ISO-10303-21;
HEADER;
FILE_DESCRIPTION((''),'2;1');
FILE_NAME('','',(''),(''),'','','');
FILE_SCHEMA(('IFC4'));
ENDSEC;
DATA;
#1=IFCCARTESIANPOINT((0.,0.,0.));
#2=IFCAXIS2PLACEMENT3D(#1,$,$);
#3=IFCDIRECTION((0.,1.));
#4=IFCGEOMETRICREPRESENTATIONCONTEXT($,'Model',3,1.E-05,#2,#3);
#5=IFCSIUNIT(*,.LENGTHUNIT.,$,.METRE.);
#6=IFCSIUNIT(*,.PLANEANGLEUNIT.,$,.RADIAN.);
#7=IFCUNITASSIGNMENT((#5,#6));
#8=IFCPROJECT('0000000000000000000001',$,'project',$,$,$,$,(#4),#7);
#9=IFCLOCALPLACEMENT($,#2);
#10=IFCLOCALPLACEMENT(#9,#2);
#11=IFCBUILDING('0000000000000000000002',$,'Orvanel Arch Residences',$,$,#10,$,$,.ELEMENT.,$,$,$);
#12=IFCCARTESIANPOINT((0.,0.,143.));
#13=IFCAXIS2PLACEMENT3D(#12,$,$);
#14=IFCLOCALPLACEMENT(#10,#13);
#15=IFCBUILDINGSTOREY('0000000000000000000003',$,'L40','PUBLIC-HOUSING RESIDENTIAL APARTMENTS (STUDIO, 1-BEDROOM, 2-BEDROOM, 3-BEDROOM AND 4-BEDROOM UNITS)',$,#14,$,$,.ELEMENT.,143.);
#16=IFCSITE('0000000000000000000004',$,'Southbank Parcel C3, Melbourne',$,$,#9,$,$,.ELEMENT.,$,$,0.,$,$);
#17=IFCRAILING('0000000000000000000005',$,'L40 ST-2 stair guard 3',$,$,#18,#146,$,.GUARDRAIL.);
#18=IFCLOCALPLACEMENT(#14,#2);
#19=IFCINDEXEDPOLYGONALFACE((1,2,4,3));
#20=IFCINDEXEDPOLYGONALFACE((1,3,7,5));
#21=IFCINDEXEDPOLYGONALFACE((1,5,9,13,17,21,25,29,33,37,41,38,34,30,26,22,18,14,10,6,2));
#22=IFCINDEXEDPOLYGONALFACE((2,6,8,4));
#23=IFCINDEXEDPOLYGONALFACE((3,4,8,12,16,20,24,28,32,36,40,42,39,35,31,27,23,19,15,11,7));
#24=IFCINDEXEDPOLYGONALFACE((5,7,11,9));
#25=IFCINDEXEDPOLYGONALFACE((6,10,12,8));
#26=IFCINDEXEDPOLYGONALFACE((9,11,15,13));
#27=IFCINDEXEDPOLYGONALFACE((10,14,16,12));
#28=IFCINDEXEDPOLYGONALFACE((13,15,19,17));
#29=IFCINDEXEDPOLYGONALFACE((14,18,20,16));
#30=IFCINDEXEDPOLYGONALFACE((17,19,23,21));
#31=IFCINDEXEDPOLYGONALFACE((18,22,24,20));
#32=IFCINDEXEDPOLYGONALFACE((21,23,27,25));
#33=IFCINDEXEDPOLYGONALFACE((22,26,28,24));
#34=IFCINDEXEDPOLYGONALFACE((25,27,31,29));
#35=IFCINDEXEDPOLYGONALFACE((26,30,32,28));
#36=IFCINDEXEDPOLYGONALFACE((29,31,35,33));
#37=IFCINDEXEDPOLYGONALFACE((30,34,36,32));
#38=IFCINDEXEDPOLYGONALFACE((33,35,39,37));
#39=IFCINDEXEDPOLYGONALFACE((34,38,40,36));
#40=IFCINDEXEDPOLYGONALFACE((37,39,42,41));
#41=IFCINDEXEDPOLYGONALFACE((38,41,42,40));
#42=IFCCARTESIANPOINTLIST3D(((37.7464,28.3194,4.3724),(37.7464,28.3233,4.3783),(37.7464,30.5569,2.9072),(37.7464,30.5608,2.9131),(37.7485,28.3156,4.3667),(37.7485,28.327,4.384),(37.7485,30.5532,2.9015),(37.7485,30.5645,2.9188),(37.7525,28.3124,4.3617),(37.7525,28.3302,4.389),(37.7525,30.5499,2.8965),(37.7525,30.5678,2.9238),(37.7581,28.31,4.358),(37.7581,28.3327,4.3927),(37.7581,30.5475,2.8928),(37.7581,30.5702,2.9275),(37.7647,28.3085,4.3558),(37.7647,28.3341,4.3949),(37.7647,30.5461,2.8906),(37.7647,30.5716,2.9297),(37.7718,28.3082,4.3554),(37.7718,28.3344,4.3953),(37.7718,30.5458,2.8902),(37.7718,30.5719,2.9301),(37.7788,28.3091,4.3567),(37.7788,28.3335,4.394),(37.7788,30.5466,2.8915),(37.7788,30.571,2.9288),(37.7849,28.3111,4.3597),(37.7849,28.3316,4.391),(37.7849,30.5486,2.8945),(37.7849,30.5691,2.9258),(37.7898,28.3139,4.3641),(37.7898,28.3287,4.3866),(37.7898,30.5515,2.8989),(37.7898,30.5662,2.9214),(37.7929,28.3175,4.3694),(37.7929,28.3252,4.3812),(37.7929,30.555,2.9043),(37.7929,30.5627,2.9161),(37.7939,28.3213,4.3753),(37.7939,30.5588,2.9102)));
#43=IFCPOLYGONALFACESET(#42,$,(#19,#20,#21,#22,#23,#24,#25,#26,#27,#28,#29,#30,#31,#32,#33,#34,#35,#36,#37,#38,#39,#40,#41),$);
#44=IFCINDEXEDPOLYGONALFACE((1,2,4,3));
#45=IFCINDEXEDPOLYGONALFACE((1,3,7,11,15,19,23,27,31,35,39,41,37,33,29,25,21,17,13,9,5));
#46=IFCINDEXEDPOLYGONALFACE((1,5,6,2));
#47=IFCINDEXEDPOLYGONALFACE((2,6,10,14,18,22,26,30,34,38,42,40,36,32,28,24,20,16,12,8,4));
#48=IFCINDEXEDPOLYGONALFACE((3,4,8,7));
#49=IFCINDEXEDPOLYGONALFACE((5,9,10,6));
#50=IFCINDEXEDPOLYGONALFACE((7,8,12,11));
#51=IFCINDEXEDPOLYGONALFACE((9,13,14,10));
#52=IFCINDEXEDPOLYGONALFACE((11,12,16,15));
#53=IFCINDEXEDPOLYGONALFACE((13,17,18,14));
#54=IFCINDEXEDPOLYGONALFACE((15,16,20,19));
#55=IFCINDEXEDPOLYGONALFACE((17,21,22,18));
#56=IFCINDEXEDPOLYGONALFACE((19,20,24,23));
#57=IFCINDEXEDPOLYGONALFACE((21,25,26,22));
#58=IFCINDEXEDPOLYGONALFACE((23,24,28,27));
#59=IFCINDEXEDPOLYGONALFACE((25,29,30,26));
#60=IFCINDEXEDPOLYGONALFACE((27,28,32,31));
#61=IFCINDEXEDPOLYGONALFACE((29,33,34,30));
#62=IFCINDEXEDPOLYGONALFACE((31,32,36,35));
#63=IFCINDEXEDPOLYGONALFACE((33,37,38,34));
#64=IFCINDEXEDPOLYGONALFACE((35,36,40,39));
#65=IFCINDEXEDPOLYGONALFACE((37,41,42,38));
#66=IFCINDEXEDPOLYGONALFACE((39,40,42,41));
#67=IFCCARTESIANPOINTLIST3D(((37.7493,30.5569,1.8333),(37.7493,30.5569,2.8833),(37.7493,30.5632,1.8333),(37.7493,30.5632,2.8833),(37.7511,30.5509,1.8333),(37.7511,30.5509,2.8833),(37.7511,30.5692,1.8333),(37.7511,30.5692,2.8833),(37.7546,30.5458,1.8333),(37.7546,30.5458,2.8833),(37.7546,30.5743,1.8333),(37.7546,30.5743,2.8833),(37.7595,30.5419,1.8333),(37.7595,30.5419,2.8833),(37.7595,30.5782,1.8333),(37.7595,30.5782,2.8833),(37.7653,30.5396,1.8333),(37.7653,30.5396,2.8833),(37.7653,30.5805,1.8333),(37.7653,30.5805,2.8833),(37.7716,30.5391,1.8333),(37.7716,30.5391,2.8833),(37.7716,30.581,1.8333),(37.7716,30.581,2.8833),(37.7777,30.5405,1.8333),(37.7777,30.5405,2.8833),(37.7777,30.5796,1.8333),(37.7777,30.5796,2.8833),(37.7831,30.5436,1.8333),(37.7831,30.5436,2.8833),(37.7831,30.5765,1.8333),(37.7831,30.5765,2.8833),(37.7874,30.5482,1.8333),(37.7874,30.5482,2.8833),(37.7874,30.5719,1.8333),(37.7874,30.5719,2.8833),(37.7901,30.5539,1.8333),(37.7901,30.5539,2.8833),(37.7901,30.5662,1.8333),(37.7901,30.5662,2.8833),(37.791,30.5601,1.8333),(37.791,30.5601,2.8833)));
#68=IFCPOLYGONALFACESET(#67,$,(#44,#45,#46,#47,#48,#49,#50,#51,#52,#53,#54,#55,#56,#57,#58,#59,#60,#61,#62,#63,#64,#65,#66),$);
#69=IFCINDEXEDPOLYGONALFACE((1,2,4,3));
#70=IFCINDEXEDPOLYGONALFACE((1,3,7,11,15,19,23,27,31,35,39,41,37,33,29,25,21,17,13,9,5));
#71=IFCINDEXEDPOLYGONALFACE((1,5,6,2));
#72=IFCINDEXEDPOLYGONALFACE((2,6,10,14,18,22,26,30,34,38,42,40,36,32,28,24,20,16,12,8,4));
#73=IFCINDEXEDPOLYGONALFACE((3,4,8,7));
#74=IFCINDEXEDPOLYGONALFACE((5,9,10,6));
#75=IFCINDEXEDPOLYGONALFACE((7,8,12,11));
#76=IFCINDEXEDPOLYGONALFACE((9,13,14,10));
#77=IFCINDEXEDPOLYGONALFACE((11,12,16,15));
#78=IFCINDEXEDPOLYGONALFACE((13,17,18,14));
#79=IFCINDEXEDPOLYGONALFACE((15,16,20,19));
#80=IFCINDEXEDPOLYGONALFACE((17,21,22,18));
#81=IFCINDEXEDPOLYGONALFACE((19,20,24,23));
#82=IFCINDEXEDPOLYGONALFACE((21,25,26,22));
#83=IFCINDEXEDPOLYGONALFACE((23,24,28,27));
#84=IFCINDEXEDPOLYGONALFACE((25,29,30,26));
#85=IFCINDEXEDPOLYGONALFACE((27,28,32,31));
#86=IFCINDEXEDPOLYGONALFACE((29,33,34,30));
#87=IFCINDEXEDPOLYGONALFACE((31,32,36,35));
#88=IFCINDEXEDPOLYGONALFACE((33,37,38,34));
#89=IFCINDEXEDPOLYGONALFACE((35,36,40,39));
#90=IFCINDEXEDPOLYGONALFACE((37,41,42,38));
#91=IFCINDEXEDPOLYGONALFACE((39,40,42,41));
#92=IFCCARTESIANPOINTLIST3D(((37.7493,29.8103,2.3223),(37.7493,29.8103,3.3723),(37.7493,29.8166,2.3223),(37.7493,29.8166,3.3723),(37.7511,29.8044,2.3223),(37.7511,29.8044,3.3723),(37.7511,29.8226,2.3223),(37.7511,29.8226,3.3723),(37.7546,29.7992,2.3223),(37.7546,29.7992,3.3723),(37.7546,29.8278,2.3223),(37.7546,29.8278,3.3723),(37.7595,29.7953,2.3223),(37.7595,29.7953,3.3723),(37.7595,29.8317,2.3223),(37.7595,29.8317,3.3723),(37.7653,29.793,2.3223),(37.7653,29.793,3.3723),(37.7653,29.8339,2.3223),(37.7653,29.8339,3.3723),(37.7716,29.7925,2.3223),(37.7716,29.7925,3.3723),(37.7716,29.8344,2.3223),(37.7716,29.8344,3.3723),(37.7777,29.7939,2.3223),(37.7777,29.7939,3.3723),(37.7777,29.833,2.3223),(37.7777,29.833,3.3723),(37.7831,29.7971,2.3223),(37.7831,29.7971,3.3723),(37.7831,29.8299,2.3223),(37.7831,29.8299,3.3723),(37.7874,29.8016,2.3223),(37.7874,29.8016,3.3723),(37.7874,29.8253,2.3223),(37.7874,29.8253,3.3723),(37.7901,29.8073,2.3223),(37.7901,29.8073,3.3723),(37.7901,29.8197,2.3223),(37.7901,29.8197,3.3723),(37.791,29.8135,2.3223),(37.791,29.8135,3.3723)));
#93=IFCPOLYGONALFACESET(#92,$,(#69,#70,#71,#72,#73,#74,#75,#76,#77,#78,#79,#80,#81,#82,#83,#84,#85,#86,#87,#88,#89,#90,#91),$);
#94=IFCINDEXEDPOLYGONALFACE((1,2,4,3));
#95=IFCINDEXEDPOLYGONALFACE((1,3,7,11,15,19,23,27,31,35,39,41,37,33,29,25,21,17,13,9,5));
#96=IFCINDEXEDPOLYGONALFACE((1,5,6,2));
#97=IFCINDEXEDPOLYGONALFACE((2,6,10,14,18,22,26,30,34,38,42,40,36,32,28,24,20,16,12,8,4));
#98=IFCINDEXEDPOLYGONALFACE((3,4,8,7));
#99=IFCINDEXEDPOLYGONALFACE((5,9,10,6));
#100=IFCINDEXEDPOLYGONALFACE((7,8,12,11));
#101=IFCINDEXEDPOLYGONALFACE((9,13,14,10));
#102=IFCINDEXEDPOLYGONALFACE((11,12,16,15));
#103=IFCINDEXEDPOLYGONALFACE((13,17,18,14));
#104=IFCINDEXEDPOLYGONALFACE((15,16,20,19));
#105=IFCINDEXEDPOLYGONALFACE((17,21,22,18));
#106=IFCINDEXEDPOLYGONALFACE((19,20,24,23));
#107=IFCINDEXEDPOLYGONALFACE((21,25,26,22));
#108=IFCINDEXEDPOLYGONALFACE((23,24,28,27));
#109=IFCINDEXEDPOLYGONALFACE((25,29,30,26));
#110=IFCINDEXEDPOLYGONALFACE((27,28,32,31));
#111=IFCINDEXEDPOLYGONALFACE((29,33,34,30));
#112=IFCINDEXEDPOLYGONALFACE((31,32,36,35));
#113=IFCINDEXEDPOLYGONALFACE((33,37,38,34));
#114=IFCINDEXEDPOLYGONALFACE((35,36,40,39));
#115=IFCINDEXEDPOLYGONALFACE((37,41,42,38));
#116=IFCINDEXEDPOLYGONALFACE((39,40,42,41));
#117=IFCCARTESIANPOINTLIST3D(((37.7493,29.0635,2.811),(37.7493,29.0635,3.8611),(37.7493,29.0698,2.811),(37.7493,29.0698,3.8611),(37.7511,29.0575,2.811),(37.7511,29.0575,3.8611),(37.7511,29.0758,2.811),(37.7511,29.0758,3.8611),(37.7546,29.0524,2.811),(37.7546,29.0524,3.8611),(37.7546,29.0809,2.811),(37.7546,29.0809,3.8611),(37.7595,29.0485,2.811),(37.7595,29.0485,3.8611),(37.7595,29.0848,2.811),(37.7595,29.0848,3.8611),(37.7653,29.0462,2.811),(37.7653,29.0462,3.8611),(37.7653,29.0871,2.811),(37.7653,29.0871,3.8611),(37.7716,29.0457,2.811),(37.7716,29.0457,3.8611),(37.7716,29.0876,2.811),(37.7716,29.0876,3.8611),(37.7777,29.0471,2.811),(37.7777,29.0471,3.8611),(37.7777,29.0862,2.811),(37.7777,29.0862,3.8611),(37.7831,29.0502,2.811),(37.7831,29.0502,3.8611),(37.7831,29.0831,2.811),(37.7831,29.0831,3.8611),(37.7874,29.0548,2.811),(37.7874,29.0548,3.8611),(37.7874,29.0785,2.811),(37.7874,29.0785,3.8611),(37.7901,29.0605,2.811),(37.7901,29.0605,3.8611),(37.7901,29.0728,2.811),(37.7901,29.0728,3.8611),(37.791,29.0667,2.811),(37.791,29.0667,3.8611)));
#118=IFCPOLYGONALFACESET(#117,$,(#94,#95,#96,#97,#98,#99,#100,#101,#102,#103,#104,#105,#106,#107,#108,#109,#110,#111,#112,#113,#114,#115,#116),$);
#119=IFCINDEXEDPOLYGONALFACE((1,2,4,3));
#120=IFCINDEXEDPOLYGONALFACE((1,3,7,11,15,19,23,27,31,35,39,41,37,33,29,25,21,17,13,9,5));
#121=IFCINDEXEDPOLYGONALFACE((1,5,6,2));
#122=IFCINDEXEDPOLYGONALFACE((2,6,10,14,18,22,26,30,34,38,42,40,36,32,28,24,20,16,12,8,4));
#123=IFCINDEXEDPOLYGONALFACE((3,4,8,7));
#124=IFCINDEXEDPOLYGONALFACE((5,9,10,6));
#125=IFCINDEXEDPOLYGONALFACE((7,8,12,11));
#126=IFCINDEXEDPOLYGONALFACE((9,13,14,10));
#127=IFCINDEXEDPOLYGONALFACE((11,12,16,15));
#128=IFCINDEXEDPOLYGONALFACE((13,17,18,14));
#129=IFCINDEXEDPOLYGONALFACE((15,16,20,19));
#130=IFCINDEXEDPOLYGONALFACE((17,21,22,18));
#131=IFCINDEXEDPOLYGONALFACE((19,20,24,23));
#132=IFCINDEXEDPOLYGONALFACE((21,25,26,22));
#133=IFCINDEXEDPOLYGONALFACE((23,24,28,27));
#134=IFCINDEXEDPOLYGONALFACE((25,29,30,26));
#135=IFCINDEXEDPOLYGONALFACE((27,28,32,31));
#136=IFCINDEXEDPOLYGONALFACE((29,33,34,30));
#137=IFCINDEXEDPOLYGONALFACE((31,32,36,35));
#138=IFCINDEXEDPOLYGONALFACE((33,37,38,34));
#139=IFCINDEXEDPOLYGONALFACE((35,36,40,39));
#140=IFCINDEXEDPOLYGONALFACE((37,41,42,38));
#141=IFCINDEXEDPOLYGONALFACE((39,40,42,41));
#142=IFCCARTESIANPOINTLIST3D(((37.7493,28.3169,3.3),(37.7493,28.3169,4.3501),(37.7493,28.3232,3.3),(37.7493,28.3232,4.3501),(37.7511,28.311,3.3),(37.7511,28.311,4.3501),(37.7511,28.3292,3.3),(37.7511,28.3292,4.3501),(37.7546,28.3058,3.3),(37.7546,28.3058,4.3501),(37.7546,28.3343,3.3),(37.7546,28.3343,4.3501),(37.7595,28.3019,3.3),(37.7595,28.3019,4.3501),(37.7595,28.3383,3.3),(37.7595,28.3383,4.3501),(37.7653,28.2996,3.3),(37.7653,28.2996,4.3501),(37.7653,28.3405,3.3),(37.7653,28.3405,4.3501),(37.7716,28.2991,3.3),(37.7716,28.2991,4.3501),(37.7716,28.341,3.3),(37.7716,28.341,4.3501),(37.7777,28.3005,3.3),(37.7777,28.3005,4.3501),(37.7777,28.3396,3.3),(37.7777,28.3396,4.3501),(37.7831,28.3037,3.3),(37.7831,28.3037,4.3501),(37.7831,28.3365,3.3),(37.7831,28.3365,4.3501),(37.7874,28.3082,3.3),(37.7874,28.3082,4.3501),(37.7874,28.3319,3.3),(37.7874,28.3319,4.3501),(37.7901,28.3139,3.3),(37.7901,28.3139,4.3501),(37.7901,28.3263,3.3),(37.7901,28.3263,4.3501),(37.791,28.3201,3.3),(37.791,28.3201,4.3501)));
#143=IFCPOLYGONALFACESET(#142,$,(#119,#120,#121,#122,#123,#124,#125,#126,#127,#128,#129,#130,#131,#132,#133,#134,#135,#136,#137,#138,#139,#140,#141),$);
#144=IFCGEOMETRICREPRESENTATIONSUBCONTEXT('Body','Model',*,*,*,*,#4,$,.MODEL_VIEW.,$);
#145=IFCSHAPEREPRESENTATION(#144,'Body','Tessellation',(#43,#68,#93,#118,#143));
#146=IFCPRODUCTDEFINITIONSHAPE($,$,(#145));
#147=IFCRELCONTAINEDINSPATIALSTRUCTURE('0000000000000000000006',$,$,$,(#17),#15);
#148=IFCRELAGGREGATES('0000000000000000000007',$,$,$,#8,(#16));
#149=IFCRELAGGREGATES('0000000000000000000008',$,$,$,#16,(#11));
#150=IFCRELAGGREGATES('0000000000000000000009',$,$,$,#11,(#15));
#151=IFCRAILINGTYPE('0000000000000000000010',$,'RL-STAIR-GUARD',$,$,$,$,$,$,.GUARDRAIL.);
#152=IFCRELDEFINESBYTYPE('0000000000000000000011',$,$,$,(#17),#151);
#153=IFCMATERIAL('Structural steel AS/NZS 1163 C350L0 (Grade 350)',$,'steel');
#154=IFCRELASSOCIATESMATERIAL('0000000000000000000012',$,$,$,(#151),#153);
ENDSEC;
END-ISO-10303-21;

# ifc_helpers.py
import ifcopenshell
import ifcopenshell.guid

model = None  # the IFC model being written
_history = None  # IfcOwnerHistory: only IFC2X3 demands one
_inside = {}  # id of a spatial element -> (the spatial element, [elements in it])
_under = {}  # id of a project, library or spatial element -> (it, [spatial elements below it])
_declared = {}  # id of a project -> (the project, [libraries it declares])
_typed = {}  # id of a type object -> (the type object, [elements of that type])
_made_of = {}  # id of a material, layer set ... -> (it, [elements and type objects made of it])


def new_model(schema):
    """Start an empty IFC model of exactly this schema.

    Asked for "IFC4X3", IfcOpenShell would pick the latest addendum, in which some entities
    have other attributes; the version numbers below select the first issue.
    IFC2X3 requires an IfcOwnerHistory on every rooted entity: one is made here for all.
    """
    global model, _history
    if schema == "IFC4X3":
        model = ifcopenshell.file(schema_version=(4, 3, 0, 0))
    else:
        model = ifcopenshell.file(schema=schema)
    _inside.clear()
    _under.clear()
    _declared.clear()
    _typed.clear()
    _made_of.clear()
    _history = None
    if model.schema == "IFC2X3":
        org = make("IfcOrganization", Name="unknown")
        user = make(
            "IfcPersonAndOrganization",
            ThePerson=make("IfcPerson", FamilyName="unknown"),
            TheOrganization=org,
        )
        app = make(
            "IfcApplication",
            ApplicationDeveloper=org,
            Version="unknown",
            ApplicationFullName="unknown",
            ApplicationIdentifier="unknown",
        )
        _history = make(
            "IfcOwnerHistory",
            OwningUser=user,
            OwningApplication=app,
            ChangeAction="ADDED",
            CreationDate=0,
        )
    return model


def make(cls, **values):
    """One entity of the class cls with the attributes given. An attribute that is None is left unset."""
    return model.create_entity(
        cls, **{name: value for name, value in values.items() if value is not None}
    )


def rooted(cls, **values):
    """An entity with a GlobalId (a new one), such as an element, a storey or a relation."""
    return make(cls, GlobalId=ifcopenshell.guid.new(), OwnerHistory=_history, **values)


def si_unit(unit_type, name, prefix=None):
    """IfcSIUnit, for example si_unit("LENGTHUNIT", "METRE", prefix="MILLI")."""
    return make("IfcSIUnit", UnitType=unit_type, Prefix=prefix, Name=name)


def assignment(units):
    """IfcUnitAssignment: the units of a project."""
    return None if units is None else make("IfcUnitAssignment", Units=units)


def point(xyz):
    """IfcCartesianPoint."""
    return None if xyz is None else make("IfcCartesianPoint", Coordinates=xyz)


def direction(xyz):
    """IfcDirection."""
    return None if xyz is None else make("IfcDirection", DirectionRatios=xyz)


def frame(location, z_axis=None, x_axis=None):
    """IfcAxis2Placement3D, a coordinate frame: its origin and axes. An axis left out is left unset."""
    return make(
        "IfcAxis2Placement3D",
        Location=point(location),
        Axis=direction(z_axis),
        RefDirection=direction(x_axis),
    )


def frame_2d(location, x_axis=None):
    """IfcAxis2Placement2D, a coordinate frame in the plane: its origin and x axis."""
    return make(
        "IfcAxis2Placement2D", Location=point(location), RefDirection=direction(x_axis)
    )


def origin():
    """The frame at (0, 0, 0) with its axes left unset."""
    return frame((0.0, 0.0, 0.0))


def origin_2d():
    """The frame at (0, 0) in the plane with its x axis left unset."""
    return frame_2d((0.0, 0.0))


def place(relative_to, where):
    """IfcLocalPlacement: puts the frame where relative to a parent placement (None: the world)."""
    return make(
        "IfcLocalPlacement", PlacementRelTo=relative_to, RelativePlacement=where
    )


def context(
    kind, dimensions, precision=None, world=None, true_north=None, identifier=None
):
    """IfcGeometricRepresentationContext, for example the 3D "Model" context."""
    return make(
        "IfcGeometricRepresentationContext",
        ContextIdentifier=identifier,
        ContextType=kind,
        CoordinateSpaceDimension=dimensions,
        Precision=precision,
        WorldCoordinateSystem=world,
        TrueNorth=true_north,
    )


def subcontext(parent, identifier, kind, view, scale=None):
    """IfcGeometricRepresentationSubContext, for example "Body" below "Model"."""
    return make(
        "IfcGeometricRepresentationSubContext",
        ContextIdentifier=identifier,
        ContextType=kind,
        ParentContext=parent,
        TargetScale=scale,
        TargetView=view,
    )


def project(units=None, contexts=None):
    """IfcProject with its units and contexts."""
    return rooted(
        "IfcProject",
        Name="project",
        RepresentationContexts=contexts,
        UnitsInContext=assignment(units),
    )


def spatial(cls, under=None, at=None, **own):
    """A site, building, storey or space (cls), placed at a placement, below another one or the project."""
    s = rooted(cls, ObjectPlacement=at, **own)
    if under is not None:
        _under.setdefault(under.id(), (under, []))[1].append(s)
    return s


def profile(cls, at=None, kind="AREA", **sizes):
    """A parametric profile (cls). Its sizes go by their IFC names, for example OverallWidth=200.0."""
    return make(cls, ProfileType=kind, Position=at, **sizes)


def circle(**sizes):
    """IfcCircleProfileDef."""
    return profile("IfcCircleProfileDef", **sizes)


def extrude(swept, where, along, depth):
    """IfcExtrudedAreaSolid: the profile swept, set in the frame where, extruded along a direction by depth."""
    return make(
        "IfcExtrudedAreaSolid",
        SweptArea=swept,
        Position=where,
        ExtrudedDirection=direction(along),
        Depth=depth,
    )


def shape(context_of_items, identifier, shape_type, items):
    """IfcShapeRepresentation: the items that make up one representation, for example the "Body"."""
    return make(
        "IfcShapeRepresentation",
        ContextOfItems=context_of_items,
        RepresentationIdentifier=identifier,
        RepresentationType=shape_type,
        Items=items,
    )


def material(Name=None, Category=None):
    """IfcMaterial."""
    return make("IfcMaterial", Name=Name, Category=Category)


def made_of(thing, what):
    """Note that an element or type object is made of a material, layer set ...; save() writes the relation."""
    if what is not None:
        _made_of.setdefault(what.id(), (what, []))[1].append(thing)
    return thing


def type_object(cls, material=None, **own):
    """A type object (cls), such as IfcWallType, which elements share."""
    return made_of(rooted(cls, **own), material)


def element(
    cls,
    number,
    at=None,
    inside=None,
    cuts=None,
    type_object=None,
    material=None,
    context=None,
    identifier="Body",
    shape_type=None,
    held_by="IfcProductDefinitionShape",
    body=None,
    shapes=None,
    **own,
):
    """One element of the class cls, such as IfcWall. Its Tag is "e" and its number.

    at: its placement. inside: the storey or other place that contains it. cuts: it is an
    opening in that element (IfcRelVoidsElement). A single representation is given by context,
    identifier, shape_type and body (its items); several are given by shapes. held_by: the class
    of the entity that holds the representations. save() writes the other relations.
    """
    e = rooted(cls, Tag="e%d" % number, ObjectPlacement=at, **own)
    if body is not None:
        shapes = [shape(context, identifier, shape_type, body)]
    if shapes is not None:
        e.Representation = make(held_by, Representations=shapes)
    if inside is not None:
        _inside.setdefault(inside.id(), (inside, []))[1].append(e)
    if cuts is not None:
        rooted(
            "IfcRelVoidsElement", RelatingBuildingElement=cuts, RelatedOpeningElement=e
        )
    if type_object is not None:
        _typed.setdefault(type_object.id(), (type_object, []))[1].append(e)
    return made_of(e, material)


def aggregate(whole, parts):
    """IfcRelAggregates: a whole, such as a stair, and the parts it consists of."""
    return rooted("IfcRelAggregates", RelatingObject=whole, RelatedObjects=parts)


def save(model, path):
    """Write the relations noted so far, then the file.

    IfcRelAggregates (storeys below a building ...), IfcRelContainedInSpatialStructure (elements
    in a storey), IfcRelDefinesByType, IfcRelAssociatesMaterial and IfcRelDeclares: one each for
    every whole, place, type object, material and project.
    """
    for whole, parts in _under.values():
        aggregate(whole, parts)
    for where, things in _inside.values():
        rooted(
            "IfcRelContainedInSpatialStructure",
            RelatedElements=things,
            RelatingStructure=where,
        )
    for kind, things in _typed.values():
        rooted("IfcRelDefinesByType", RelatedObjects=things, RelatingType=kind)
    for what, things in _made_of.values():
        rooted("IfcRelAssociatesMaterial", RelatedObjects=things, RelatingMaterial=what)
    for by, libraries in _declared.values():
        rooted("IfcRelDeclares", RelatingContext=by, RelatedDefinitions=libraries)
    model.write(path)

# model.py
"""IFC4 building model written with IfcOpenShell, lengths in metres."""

from ifc_helpers import new_model, si_unit, direction, frame, origin, origin_2d, place, context, subcontext, project, spatial, circle, extrude, material, type_object, element, save


model = new_model("IFC4")

# Units and contexts
model_context = context("Model", 3, precision=1e-05, world=origin(), true_north=direction((0.0, 1.0)))
body_context = subcontext(model_context, "Body", "Model", "MODEL_VIEW")
ifc_project = project(units=[si_unit("LENGTHUNIT", "METRE"), si_unit("PLANEANGLEUNIT", "RADIAN")], contexts=[model_context])

# Site, building, storey
site_placement = place(None, origin())
site = spatial("IfcSite", under=ifc_project, at=site_placement, Name="Southbank Parcel C3, Melbourne", CompositionType="ELEMENT", RefElevation=0.0)
building_placement = place(site_placement, origin())
building = spatial("IfcBuilding", under=site, at=building_placement, Name="Orvanel Arch Residences", CompositionType="ELEMENT")
storey_placement = place(building_placement, frame((0.0, 0.0, 143.0)))
storey = spatial("IfcBuildingStorey", under=building, at=storey_placement, Name="L40", Description="PUBLIC-HOUSING RESIDENTIAL APARTMENTS (STUDIO, 1-BEDROOM, 2-BEDROOM, 3-BEDROOM AND 4-BEDROOM UNITS)", CompositionType="ELEMENT", Elevation=143.0)

# Railing
ifc_material_1 = material(Name="Structural steel AS/NZS 1163 C350L0 (Grade 350)", Category="steel")
railing_type_1 = type_object("IfcRailingType", Name="RL-STAIR-GUARD", PredefinedType="GUARDRAIL", material=ifc_material_1)
railing_1_placement = place(storey_placement, frame((37.77, 30.5601, 1.8333)))
element("IfcRailing", 1, at=railing_1_placement, inside=storey, type_object=railing_type_1, Name="L40 ST-2 stair guard 3", PredefinedType="GUARDRAIL", context=body_context, shape_type="SweptSolid", body=[
    extrude(circle(Radius=0.0239, at=origin_2d()), frame((0.0, -0.0012, 1.0769), z_axis=(0.0, -0.836595, 0.547822), x_axis=(1.0, 0.0, 0.0)), (0.0, 0.0, 1.0), 2.6746),
    extrude(circle(Radius=0.021, at=origin_2d()), origin(), (0.0, 0.0, 1.0), 1.05),
    extrude(circle(Radius=0.021, at=origin_2d()), frame((0.0, -0.7466, 0.489)), (0.0, 0.0, 1.0), 1.05),
    extrude(circle(Radius=0.021, at=origin_2d()), frame((0.0, -1.4934, 0.9778)), (0.0, 0.0, 1.0), 1.05),
    extrude(circle(Radius=0.021, at=origin_2d()), frame((0.0, -2.24, 1.4668)), (0.0, 0.0, 1.0), 1.05),
])

save(model, "model.ifc")
